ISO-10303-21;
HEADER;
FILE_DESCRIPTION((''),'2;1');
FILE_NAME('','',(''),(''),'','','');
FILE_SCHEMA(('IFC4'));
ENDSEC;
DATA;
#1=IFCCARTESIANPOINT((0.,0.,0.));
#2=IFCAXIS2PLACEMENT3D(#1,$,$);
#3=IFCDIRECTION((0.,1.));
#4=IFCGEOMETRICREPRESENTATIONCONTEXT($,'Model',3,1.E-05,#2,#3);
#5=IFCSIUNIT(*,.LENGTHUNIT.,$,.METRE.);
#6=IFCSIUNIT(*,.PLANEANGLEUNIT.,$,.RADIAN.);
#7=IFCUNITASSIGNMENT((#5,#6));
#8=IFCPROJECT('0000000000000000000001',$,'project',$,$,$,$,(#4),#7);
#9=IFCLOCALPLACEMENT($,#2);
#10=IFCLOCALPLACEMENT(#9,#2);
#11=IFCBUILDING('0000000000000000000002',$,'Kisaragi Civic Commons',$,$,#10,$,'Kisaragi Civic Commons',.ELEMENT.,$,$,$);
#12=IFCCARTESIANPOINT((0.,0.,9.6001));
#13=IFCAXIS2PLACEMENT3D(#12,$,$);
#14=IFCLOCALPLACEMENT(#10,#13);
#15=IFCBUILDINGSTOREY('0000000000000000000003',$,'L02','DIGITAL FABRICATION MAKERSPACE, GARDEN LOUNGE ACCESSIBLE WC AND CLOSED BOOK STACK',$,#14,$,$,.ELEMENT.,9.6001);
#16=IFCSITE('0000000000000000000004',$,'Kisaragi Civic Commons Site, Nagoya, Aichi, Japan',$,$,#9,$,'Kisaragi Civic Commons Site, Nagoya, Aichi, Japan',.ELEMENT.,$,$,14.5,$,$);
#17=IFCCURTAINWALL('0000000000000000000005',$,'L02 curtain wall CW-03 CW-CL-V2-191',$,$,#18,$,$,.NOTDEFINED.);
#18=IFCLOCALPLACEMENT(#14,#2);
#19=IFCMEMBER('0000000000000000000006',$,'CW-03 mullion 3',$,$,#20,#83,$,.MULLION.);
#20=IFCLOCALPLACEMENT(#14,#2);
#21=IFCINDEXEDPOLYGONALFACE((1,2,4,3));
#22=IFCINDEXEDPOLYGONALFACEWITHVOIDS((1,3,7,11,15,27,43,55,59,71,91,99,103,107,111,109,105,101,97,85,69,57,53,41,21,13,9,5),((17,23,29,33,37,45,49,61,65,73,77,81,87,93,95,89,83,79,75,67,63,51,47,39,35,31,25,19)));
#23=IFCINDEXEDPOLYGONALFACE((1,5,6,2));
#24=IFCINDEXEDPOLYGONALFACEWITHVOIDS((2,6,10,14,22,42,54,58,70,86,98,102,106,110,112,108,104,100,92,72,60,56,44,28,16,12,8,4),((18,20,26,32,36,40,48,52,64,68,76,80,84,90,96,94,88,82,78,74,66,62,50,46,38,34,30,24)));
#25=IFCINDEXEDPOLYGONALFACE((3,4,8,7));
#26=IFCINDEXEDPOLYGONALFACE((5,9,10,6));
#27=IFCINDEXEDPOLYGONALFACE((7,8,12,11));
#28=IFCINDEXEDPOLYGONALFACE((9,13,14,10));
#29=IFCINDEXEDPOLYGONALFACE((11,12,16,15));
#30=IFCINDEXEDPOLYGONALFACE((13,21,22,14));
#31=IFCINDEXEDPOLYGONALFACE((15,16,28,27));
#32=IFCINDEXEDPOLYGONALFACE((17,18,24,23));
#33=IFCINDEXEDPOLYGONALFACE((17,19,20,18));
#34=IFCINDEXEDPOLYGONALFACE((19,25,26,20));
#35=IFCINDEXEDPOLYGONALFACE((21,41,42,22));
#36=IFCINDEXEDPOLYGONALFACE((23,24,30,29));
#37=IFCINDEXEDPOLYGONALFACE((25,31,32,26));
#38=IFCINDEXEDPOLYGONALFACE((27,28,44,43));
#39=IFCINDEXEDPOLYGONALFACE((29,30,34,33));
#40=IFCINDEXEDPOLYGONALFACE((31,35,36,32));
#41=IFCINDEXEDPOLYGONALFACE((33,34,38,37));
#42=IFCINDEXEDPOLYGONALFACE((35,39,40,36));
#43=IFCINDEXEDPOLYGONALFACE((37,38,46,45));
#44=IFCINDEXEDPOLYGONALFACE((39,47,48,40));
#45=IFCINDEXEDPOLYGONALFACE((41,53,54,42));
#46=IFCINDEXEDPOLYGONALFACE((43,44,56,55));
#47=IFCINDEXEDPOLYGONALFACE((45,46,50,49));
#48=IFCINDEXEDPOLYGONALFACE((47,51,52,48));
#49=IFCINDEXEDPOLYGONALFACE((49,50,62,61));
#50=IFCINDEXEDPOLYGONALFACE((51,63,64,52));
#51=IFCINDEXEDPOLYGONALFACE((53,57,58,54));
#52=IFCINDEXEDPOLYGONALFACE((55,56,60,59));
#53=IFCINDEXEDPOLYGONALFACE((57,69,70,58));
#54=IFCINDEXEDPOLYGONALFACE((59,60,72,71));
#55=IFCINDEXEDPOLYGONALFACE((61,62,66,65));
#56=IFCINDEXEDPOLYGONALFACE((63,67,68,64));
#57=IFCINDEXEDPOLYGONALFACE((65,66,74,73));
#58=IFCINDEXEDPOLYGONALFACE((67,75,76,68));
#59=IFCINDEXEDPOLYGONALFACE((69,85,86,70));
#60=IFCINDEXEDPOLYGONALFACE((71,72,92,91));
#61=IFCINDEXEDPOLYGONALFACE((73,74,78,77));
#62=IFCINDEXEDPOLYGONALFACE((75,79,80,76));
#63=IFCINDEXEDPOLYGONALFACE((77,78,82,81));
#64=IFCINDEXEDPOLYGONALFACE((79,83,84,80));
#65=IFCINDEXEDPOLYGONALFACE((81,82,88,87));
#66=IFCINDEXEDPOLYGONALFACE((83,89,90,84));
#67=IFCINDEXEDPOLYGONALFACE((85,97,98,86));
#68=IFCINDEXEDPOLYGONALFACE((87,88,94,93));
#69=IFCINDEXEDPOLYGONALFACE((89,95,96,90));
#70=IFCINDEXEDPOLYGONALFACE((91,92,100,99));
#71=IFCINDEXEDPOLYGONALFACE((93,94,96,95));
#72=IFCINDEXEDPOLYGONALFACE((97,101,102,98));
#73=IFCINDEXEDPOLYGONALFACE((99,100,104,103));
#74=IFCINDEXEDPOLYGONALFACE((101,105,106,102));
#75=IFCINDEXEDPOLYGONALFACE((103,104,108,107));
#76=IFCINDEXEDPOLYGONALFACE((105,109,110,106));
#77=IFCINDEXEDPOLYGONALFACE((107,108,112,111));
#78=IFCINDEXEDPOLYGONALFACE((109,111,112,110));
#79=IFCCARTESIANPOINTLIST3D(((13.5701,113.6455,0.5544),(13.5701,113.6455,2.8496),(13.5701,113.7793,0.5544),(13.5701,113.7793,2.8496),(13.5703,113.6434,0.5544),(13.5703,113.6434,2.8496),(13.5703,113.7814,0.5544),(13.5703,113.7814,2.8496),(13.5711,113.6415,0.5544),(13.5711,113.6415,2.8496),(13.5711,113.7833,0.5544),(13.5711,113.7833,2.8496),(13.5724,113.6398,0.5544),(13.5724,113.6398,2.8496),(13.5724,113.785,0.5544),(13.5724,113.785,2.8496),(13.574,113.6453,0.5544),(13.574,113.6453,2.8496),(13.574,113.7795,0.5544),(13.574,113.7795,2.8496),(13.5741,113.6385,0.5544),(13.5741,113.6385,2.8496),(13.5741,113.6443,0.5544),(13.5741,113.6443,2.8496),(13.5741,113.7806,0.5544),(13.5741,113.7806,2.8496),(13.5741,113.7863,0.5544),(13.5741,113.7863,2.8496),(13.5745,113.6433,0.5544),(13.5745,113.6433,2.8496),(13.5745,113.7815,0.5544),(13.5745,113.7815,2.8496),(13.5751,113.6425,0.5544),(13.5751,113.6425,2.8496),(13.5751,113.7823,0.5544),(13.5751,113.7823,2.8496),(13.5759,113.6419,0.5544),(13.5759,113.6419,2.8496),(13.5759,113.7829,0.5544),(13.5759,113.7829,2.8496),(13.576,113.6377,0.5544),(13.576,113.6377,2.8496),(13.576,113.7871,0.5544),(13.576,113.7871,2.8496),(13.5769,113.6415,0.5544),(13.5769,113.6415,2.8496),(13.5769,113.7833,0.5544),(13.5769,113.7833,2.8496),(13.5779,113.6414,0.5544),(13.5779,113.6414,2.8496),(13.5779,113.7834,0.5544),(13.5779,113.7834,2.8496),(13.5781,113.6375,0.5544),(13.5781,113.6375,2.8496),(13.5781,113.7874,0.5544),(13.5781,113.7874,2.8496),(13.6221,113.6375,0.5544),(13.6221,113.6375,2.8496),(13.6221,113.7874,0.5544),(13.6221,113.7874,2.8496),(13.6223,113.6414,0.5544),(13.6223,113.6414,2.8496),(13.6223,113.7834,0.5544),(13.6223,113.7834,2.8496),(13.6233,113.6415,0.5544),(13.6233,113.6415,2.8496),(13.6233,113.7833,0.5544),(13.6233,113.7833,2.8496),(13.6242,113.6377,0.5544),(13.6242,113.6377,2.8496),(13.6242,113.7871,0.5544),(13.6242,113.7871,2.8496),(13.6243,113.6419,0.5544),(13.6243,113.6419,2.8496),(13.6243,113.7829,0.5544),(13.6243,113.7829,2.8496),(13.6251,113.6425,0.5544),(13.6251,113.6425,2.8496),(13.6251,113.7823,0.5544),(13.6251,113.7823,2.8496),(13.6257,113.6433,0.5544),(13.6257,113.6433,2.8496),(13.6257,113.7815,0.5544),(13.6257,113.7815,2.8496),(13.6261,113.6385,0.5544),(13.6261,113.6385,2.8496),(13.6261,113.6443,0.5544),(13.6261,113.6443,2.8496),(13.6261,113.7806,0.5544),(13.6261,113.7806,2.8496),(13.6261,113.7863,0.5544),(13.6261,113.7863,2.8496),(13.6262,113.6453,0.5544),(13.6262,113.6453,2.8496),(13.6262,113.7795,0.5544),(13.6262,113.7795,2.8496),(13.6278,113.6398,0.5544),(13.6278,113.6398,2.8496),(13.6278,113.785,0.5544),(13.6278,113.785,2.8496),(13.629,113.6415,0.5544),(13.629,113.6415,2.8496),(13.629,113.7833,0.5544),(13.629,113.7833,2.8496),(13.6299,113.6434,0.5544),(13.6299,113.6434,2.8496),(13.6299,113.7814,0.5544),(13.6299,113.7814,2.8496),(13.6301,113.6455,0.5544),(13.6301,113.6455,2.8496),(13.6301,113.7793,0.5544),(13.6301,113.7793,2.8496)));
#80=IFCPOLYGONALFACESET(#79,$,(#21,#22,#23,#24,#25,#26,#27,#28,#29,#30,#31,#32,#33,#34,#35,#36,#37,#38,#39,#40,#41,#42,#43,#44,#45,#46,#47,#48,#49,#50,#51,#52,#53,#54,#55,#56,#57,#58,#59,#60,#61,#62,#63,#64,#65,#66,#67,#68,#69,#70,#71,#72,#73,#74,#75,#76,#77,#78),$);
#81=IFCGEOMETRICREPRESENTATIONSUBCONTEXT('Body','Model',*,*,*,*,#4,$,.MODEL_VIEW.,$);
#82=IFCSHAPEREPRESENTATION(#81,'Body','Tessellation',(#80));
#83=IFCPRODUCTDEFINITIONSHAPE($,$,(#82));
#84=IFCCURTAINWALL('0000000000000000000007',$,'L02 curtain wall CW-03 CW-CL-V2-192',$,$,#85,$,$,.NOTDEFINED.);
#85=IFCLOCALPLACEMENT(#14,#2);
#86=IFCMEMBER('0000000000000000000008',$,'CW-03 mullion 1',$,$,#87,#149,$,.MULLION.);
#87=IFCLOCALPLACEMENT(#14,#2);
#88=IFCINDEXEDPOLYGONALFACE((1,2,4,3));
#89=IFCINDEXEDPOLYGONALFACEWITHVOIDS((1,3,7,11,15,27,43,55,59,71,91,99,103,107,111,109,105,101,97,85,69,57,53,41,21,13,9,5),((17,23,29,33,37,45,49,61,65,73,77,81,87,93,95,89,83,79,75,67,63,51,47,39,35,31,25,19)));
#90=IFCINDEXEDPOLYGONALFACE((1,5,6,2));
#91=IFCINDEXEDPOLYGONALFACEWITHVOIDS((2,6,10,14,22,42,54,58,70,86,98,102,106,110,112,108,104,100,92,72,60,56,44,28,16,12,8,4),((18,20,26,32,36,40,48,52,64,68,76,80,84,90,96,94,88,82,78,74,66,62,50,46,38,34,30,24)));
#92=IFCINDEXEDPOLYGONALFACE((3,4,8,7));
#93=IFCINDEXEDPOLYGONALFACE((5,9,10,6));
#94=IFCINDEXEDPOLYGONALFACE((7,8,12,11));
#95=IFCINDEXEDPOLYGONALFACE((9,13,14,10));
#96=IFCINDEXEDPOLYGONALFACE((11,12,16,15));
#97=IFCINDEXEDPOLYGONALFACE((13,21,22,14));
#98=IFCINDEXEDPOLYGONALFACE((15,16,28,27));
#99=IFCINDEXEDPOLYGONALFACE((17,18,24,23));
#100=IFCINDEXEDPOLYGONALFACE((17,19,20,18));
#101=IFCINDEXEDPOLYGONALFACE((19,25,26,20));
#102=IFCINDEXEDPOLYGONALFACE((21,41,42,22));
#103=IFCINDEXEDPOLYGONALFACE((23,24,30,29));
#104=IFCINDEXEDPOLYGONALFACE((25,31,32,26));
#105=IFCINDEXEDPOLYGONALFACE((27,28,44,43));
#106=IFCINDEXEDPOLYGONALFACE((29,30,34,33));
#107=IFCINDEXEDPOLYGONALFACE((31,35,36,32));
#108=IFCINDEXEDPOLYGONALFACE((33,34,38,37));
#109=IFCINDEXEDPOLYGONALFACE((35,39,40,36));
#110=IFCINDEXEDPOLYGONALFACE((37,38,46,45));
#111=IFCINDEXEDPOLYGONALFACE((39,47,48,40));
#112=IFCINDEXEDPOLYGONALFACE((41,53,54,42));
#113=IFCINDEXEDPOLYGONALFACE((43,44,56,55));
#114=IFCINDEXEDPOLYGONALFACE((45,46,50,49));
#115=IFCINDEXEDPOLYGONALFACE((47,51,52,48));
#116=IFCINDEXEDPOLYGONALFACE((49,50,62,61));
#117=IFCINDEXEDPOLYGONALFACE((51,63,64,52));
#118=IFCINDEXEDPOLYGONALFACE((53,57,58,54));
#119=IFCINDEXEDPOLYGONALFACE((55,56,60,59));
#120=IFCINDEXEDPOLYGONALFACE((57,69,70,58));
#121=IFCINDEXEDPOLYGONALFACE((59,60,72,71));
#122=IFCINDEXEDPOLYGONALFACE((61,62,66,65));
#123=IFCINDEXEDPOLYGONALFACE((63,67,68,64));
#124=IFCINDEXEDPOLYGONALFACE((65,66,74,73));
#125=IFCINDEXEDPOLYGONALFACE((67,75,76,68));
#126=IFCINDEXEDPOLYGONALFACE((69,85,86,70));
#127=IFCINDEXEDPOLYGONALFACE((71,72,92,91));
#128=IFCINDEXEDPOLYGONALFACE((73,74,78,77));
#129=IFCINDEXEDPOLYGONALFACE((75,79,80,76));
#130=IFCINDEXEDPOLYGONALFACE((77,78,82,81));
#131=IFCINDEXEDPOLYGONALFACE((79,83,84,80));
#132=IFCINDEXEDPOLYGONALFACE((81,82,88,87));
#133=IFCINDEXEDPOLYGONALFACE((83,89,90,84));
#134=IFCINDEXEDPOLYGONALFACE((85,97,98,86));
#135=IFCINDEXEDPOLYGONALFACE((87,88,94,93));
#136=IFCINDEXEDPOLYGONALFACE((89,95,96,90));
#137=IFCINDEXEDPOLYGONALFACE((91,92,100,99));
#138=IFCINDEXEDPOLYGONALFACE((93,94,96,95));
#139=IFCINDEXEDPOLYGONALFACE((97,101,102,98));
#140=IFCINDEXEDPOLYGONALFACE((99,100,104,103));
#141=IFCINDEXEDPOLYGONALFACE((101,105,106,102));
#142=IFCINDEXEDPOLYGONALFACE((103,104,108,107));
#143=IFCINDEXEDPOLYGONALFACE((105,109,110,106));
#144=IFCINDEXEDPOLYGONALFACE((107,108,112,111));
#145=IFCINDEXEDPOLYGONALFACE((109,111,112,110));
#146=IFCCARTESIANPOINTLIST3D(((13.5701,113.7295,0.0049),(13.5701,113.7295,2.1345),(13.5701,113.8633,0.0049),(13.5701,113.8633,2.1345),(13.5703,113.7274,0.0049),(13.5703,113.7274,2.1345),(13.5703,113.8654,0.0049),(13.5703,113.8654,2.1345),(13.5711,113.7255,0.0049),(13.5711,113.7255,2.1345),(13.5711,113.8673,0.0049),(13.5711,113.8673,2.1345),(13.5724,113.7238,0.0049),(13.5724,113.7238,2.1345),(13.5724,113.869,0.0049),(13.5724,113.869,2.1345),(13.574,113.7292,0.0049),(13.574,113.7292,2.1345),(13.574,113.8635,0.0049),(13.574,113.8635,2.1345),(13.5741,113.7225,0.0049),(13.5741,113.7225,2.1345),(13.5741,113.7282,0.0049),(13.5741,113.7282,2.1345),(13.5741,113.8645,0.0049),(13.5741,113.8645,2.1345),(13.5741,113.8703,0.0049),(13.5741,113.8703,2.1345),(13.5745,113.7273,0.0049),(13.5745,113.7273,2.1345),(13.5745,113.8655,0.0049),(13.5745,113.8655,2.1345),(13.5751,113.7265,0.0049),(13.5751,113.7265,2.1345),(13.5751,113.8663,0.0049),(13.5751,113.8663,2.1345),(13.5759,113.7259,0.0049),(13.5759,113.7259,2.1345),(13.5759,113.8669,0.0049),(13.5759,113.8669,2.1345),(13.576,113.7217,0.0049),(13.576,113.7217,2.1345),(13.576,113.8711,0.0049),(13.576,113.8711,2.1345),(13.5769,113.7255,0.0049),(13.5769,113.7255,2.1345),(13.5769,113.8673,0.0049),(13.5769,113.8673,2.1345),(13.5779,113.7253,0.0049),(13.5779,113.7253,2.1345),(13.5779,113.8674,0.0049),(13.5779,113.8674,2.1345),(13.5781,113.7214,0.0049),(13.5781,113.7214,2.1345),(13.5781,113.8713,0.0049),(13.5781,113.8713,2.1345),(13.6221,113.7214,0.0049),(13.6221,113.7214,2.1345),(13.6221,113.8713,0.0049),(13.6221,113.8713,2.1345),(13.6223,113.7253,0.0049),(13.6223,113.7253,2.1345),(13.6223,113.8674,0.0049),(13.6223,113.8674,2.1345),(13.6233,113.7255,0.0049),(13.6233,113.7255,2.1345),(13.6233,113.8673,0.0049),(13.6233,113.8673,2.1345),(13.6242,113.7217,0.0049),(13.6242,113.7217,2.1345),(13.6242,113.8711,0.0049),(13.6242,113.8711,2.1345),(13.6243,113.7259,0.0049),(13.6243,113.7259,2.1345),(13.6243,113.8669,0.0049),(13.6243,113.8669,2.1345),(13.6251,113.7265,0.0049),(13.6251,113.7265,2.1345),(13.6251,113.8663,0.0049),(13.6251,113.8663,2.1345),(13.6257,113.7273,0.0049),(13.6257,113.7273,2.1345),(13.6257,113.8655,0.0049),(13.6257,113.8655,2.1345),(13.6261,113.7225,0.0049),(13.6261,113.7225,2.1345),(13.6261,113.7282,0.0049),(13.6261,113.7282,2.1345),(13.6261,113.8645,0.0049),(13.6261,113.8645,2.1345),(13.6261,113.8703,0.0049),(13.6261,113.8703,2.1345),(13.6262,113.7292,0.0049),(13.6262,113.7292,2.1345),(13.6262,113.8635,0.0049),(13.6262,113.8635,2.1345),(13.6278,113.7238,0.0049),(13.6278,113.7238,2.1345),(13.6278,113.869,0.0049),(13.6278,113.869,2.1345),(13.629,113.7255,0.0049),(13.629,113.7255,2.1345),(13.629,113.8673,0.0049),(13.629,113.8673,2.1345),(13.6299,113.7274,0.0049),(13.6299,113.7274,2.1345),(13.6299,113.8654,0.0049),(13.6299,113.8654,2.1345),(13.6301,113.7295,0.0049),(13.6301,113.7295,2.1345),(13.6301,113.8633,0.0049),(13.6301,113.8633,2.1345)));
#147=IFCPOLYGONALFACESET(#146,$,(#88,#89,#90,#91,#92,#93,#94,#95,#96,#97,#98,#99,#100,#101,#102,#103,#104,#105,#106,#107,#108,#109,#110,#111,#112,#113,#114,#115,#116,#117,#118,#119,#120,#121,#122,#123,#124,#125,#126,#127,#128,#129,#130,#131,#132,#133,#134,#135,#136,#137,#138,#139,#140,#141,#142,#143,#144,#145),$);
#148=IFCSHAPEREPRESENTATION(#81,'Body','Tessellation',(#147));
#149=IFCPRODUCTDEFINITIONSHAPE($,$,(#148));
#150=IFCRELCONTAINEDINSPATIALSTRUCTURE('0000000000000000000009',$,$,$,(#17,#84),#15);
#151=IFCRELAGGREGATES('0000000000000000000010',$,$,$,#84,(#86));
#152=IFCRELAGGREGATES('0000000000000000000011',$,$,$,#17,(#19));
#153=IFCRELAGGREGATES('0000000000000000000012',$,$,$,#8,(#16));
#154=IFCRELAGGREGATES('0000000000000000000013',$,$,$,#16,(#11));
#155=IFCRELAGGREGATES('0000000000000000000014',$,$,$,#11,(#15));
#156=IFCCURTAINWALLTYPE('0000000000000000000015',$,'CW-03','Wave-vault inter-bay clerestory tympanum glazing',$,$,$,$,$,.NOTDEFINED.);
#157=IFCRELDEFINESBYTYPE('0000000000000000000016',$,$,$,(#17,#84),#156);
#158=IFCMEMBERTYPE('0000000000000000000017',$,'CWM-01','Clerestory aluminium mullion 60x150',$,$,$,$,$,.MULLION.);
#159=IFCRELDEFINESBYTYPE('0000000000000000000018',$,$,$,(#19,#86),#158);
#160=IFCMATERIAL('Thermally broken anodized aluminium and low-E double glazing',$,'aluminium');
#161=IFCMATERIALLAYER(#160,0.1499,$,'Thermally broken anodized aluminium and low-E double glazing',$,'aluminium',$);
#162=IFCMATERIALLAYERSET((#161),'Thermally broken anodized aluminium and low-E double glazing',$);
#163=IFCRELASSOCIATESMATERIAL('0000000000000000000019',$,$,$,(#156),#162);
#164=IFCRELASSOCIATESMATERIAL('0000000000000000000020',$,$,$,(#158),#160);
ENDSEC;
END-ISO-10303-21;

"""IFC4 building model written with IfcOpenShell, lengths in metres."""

from ifc_helpers import new_model, si_unit, direction, frame, origin, origin_2d, place, context, subcontext, project, spatial, hollow_rectangle, extrude, material, layer, layer_set, material_profile, profile_set, type_object, element, aggregate, save


model = new_model("IFC4")

# Units and contexts
model_context = context("Model", 3, precision=1e-05, world=origin(), true_north=direction((0.0, 1.0)))
body_context = subcontext(model_context, "Body", "Model", "MODEL_VIEW")
ifc_project = project(units=[si_unit("LENGTHUNIT", "METRE"), si_unit("PLANEANGLEUNIT", "RADIAN")], contexts=[model_context])

# Site, building, storey
site_placement = place(None, origin())
site = spatial("IfcSite", under=ifc_project, at=site_placement, Name="Kisaragi Civic Commons Site, Nagoya, Aichi, Japan", LongName="Kisaragi Civic Commons Site, Nagoya, Aichi, Japan", CompositionType="ELEMENT", RefElevation=14.5)
building_placement = place(site_placement, origin())
building = spatial("IfcBuilding", under=site, at=building_placement, Name="Kisaragi Civic Commons", LongName="Kisaragi Civic Commons", CompositionType="ELEMENT")
storey_placement = place(building_placement, frame((0.0, 0.0, 9.6001)))
storey = spatial("IfcBuildingStorey", under=building, at=storey_placement, Name="L02", Description="DIGITAL FABRICATION MAKERSPACE, GARDEN LOUNGE ACCESSIBLE WC AND CLOSED BOOK STACK", CompositionType="ELEMENT", Elevation=9.6001)

# Curtain wall, member
ifc_material_1 = material(Name="Thermally broken anodized aluminium and low-E double glazing", Category="aluminium")
ifc_layer_1 = layer(ifc_material_1, 0.1499, Name="Thermally broken anodized aluminium and low-E double glazing", Category="aluminium")
ifc_layer_set_1 = layer_set([ifc_layer_1], Name="Thermally broken anodized aluminium and low-E double glazing")
curtain_wall_type = type_object("IfcCurtainWallType", Name="CW-03", Description="Wave-vault inter-bay clerestory tympanum glazing", PredefinedType="NOTDEFINED", material=ifc_layer_set_1)
curtain_wall_1_placement = place(storey_placement, origin())
curtain_wall_1 = element("IfcCurtainWall", 1, at=curtain_wall_1_placement, inside=storey, type_object=curtain_wall_type, Name="L02 curtain wall CW-03 CW-CL-V2-191", PredefinedType="NOTDEFINED")
ifc_material_profile_1 = material_profile(ifc_material_1, hollow_rectangle(XDim=0.0601, YDim=0.1499, WallThickness=0.0039, InnerFilletRadius=0.0039, OuterFilletRadius=0.0081, at=origin_2d()), Name="CWM-60x150x4", Category="aluminium")
ifc_profile_set_1 = profile_set([ifc_material_profile_1], Name="Thermally broken anodized aluminium and low-E double glazing")
member_type_1 = type_object("IfcMemberType", Name="CWM-01", Description="Clerestory aluminium mullion 60x150", PredefinedType="MULLION", material=ifc_profile_set_1)
member_1_placement = place(storey_placement, frame((13.6001, 113.7124, 0.5544), z_axis=(0.0, 0.0, 1.0), x_axis=(-1.0, 0.0, 0.0)))
member_1 = element("IfcMember", 2, at=member_1_placement, type_object=member_type_1, Name="CW-03 mullion 3", PredefinedType="MULLION", context=body_context, shape_type="SweptSolid", body=[
    extrude(hollow_rectangle(XDim=0.0601, YDim=0.1499, WallThickness=0.0039, InnerFilletRadius=0.0039, OuterFilletRadius=0.0081, at=origin_2d()), origin(), (0.0, 0.0, 1.0), 2.2952),
])

# Curtain wall, member
curtain_wall_2_placement = place(storey_placement, origin())
curtain_wall_2 = element("IfcCurtainWall", 3, at=curtain_wall_2_placement, inside=storey, type_object=curtain_wall_type, Name="L02 curtain wall CW-03 CW-CL-V2-192", PredefinedType="NOTDEFINED")
member_2_placement = place(storey_placement, frame((13.6001, 113.7964, 0.0049), z_axis=(0.0, 0.0, 1.0), x_axis=(-1.0, 0.0, 0.0)))
member_2 = element("IfcMember", 4, at=member_2_placement, type_object=member_type_1, Name="CW-03 mullion 1", PredefinedType="MULLION", context=body_context, shape_type="SweptSolid", body=[
    extrude(hollow_rectangle(XDim=0.0601, YDim=0.1499, WallThickness=0.0039, InnerFilletRadius=0.0039, OuterFilletRadius=0.0081, at=origin_2d()), origin(), (0.0, 0.0, 1.0), 2.1296),
])

aggregate(curtain_wall_2, [member_2])

aggregate(curtain_wall_1, [member_1])

save(model, "model.ifc")
